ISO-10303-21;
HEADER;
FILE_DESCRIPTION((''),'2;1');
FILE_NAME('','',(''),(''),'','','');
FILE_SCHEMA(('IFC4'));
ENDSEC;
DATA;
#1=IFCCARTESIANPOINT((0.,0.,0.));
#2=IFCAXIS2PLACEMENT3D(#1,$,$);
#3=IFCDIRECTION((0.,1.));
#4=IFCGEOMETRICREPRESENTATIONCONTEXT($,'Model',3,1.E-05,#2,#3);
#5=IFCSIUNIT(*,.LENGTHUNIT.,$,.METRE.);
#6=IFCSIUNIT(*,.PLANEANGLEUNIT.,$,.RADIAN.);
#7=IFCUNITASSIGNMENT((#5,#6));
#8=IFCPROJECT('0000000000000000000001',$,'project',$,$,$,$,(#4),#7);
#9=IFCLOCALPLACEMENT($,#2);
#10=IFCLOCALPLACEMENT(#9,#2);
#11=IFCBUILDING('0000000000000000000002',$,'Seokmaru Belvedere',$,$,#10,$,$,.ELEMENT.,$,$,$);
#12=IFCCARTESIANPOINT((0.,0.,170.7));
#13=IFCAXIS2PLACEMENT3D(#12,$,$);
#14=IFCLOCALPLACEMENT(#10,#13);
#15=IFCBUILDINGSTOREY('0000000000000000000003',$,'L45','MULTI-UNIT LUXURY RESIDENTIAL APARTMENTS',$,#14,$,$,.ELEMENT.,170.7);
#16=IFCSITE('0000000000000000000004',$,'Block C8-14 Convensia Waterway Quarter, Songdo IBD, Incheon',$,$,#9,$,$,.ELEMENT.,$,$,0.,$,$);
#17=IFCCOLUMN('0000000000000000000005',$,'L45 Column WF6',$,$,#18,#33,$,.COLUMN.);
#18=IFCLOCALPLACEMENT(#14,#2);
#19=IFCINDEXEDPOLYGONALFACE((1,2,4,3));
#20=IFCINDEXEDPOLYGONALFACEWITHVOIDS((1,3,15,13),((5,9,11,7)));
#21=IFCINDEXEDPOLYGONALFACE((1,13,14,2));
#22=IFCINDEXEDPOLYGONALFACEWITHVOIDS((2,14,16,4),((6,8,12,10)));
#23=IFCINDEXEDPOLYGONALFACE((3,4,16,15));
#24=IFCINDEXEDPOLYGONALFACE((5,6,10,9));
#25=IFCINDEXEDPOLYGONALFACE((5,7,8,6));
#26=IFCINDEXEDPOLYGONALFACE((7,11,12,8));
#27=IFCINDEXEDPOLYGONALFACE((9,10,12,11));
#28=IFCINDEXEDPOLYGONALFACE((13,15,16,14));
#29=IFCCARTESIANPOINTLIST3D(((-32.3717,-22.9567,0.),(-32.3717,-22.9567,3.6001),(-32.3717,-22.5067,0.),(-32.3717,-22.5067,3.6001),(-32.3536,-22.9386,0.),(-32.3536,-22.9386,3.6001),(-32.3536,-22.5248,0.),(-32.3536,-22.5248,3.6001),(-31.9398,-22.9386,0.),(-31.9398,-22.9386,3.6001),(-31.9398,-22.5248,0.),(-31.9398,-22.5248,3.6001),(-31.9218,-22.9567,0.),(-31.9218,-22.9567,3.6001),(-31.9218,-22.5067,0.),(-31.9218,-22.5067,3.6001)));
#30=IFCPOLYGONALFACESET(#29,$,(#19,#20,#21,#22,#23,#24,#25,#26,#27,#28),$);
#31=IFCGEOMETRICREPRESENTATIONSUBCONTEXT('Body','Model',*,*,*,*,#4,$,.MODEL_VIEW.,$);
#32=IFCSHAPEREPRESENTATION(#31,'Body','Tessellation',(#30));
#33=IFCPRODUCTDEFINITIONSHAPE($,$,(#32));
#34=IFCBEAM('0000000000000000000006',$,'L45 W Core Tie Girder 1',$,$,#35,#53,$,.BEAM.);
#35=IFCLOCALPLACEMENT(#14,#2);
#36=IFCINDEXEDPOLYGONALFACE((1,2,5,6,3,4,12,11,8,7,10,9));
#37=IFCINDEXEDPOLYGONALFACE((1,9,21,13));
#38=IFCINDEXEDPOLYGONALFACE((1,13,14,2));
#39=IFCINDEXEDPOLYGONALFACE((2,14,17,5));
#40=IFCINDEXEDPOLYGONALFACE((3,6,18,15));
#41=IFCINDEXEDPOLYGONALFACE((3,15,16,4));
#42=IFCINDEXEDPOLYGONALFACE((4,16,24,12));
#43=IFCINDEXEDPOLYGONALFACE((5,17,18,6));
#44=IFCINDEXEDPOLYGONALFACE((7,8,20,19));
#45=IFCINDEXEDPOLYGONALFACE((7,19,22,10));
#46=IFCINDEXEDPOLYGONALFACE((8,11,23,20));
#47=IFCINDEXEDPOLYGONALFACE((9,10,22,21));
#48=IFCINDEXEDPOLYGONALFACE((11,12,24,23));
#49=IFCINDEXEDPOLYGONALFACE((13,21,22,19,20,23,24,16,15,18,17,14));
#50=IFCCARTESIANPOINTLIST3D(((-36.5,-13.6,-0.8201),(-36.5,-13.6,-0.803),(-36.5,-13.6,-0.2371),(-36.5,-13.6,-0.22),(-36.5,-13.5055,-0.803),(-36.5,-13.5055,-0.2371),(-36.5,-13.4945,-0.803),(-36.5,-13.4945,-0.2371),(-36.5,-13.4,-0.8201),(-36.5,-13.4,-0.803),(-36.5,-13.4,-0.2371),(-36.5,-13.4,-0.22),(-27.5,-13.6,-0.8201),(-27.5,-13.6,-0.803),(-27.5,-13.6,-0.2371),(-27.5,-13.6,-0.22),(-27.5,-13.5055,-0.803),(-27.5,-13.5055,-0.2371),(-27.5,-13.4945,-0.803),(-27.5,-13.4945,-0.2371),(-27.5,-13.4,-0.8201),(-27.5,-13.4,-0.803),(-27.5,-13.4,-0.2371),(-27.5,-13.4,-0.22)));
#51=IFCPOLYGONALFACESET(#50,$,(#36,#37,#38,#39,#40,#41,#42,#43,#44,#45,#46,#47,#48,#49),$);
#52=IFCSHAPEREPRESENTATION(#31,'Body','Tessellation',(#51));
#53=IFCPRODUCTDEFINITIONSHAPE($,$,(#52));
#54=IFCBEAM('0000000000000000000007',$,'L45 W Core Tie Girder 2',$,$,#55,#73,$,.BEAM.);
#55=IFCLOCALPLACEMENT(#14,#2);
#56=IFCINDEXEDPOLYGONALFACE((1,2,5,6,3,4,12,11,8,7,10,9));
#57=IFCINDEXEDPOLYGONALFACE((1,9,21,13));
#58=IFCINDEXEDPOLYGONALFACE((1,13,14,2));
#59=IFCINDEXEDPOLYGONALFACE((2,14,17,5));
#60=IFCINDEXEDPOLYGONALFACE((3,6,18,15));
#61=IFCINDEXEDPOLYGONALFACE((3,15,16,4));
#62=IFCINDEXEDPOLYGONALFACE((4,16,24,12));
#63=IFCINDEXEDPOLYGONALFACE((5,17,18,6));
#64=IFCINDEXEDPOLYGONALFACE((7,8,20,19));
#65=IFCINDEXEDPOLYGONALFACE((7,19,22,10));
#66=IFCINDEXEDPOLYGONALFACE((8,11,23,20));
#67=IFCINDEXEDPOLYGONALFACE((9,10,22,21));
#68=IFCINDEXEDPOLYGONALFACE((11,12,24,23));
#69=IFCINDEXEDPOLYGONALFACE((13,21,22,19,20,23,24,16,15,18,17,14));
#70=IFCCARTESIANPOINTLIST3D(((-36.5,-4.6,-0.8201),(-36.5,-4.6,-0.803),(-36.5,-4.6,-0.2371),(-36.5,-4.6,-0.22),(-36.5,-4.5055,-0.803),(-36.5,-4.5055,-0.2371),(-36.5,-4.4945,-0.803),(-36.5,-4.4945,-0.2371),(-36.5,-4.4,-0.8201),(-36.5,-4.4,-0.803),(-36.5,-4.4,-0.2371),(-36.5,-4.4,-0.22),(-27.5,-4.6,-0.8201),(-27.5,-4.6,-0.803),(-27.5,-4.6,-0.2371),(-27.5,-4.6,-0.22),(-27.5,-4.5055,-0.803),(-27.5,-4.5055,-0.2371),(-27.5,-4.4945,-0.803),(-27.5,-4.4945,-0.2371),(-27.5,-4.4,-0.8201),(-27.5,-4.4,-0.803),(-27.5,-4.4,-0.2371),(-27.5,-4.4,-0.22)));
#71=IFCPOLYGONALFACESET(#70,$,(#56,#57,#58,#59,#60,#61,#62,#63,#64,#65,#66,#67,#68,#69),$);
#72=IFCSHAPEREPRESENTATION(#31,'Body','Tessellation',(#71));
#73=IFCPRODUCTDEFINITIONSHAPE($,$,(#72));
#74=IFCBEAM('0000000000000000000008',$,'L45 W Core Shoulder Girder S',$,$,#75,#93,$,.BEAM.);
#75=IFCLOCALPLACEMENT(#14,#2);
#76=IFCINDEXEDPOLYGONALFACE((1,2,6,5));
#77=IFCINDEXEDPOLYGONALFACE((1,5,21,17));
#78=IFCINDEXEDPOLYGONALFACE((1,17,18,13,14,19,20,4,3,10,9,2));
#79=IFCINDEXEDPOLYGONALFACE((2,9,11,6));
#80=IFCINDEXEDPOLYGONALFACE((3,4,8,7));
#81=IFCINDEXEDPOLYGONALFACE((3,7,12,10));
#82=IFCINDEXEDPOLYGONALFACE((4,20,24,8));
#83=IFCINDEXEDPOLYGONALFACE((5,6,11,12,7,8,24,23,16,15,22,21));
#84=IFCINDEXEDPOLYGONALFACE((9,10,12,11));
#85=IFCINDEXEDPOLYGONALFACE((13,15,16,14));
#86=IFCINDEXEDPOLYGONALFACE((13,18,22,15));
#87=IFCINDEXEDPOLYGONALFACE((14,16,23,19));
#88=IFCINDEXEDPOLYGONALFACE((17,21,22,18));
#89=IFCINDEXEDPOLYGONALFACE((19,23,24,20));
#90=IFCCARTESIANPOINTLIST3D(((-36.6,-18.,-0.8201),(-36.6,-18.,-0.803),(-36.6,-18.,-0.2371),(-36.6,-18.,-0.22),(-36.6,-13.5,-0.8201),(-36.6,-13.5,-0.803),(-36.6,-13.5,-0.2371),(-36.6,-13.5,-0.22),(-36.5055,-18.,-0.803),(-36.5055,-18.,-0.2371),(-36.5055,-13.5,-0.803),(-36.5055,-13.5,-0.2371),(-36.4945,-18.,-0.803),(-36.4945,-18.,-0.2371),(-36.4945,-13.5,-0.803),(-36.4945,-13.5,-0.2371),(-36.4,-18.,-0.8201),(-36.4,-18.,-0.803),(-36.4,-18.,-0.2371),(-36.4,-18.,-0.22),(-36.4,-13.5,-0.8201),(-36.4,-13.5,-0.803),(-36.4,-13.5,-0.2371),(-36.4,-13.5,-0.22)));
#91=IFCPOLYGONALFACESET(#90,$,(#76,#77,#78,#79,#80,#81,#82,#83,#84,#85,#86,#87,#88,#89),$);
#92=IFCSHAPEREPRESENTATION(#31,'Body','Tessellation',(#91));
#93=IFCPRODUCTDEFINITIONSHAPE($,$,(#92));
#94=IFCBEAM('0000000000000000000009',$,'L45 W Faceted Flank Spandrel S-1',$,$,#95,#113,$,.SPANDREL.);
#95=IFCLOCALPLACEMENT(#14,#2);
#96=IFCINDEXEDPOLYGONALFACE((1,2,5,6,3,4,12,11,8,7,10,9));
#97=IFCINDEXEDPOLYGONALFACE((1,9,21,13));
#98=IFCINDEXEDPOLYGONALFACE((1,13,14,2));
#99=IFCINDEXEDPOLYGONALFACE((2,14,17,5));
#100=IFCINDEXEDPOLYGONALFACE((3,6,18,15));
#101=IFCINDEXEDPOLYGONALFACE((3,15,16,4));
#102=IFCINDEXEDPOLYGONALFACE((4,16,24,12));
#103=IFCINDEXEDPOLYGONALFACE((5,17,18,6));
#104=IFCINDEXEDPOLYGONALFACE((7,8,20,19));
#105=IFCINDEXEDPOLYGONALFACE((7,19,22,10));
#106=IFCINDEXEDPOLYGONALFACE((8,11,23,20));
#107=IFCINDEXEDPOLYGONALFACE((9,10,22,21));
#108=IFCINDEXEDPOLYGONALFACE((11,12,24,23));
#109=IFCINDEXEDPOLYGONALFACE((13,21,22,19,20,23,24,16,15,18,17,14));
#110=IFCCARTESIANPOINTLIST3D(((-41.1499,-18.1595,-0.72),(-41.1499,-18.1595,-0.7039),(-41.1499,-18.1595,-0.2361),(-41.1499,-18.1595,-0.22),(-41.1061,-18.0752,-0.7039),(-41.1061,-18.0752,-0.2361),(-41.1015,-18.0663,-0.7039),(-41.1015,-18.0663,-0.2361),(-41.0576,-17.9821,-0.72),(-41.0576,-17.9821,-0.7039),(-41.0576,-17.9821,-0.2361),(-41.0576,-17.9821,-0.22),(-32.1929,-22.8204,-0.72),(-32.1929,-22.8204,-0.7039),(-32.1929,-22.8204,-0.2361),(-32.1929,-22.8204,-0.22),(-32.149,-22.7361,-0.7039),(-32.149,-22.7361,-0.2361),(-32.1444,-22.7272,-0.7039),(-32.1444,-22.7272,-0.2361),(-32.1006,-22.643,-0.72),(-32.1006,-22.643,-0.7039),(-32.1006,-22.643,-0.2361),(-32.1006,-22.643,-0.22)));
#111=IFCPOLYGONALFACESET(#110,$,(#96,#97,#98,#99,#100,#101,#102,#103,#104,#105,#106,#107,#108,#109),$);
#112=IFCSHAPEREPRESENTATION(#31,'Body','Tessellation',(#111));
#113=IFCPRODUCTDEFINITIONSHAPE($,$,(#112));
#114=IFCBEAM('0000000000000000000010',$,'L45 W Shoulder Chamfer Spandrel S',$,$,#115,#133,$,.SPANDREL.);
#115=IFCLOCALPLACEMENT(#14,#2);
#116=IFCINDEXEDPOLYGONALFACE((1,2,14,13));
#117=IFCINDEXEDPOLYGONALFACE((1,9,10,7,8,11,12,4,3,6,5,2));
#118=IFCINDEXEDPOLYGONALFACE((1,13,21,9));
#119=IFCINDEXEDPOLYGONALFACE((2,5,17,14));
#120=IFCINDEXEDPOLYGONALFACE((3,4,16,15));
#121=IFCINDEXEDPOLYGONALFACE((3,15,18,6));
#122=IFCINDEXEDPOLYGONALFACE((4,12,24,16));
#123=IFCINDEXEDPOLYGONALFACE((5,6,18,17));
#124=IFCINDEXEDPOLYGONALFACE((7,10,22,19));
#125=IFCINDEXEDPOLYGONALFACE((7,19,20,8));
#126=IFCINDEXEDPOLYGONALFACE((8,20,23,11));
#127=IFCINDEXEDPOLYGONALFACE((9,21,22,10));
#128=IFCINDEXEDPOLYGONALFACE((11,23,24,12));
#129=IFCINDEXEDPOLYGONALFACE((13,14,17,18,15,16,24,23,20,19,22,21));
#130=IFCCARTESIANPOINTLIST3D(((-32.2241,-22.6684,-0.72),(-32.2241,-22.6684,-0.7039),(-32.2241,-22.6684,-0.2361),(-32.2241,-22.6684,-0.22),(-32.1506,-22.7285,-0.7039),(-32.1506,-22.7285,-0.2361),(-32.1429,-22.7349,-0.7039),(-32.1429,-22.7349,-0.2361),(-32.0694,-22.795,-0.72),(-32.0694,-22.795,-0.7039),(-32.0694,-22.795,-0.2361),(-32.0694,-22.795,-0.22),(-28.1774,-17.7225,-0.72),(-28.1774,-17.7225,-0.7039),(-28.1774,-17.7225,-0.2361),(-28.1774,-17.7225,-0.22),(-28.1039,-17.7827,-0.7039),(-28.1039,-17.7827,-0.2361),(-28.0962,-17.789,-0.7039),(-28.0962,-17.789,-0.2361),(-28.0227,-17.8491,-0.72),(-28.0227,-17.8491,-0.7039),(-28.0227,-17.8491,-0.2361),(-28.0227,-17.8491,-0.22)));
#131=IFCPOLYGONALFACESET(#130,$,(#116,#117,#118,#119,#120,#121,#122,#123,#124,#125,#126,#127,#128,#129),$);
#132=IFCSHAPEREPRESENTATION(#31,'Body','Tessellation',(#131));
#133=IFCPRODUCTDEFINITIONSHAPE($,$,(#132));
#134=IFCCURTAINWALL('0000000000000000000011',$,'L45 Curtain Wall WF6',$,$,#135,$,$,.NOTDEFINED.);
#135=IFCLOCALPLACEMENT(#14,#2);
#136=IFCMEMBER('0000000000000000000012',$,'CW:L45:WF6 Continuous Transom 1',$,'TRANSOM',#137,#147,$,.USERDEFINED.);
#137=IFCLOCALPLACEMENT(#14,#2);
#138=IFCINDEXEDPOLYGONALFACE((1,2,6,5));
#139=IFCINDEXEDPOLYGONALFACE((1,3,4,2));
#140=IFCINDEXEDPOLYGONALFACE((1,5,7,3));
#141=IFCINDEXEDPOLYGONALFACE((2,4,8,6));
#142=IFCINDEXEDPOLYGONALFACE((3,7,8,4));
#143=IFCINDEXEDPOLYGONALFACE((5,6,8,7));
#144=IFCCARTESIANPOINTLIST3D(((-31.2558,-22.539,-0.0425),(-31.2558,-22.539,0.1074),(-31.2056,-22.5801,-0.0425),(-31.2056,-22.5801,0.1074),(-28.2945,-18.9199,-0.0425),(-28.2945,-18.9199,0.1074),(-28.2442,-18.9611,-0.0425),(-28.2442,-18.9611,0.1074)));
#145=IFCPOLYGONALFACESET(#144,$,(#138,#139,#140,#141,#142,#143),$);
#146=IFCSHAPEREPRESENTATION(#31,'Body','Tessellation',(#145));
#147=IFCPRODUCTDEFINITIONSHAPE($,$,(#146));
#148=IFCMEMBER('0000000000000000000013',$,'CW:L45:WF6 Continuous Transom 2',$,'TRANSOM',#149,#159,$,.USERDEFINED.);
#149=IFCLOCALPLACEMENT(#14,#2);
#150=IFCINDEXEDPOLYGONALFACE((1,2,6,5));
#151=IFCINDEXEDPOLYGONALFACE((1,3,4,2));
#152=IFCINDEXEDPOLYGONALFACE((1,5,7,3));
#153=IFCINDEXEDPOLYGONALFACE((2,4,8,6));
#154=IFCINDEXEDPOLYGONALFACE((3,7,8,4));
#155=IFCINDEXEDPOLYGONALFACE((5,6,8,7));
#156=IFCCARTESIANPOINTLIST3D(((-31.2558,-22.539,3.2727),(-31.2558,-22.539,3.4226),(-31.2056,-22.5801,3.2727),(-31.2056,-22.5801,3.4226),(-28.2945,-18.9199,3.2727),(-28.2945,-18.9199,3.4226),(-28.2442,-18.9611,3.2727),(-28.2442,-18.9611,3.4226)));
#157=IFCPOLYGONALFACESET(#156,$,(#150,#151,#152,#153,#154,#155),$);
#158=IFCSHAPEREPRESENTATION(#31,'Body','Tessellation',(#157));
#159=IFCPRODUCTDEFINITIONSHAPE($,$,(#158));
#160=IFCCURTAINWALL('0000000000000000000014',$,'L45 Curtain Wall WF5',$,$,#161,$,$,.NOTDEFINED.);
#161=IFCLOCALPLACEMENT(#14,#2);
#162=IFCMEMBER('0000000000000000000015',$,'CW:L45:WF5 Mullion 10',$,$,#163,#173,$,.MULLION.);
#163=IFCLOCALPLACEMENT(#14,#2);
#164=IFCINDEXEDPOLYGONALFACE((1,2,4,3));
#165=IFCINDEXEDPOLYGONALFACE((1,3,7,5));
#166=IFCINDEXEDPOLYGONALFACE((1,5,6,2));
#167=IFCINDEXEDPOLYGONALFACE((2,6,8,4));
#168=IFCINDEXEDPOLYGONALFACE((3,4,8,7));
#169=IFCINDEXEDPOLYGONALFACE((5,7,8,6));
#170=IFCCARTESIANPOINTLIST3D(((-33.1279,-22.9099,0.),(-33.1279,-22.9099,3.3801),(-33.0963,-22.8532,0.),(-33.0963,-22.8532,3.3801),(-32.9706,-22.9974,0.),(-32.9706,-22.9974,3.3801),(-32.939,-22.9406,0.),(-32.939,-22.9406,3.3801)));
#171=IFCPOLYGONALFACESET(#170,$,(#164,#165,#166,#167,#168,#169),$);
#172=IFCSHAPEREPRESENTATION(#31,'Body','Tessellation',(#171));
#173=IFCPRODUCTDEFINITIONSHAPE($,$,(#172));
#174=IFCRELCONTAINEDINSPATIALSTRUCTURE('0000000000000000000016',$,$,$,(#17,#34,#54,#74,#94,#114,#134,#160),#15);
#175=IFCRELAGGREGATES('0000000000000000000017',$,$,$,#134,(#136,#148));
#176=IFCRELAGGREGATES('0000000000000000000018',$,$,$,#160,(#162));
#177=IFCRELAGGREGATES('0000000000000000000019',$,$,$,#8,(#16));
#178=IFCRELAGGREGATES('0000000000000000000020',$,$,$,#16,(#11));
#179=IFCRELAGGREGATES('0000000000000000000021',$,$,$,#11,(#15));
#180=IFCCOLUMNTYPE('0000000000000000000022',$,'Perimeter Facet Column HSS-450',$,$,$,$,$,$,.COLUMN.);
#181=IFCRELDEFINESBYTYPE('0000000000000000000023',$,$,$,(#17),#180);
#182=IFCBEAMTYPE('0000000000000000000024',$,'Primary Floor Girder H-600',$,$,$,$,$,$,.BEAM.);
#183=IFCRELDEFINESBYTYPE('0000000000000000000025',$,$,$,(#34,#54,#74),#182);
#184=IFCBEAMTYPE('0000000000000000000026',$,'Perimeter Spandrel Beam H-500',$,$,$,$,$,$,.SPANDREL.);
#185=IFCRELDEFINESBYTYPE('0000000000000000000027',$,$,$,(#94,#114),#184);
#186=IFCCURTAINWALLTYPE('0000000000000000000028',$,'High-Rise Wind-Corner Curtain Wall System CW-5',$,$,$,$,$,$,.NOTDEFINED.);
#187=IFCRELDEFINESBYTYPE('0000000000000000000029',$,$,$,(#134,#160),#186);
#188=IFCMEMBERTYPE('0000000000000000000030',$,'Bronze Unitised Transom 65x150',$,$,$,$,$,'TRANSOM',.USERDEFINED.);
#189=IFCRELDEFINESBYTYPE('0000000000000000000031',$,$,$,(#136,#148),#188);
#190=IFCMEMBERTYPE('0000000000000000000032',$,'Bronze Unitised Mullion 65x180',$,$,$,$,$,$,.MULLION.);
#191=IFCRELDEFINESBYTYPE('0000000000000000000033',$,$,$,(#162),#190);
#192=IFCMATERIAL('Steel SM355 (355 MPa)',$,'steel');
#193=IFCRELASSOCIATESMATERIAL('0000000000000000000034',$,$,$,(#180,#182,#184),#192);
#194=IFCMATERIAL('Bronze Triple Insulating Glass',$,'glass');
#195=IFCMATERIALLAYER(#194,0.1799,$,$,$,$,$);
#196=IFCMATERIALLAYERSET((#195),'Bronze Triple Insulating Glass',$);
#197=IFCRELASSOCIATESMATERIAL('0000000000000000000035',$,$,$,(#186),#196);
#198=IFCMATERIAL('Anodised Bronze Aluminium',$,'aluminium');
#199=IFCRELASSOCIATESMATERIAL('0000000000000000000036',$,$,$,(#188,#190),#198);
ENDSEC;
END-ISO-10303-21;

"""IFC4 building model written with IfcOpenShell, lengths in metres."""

from ifc_helpers import new_model, si_unit, direction, frame, origin, origin_2d, place, context, subcontext, project, spatial, rectangle, hollow_rectangle, i_section, extrude, source, transform, mapped, material, layer, layer_set, material_profile, profile_set, type_object, type_shapes, element, aggregate, save


model = new_model("IFC4")

# Units and contexts
model_context = context("Model", 3, precision=1e-05, world=origin(), true_north=direction((0.0, 1.0)))
body_context = subcontext(model_context, "Body", "Model", "MODEL_VIEW")
ifc_project = project(units=[si_unit("LENGTHUNIT", "METRE"), si_unit("PLANEANGLEUNIT", "RADIAN")], contexts=[model_context])

# Site, building, storey
site_placement = place(None, origin())
site = spatial("IfcSite", under=ifc_project, at=site_placement, Name="Block C8-14 Convensia Waterway Quarter, Songdo IBD, Incheon", CompositionType="ELEMENT", RefElevation=0.0)
building_placement = place(site_placement, origin())
building = spatial("IfcBuilding", under=site, at=building_placement, Name="Seokmaru Belvedere", CompositionType="ELEMENT")
storey_placement = place(building_placement, frame((0.0, 0.0, 170.7)))
storey = spatial("IfcBuildingStorey", under=building, at=storey_placement, Name="L45", Description="MULTI-UNIT LUXURY RESIDENTIAL APARTMENTS", CompositionType="ELEMENT", Elevation=170.7)

# Column
ifc_material_1 = material(Name="Steel SM355 (355 MPa)", Category="steel")
ifc_material_profile_1 = material_profile(ifc_material_1, hollow_rectangle(XDim=0.45, YDim=0.45, WallThickness=0.0181, at=origin_2d()), Name="HSS-450x450x18")
ifc_profile_set_1 = profile_set([ifc_material_profile_1], Name="Steel SM355 (355 MPa)")
column_type = type_object("IfcColumnType", Name="Perimeter Facet Column HSS-450", PredefinedType="COLUMN", material=ifc_profile_set_1)
shared_shape_1 = source(origin(), body_context, "Body", "SweptSolid", [
    extrude(hollow_rectangle(XDim=0.45, YDim=0.45, WallThickness=0.0181, at=origin_2d()), origin(), (0.0, 0.0, 1.0), 3.6001),
])
type_shapes(column_type, [shared_shape_1])
column_placement = place(storey_placement, frame((-32.1467, -22.7317, 0.0), z_axis=(0.0, 0.0, 1.0), x_axis=(1.0, 0.0, 0.0)))
element("IfcColumn", 1, at=column_placement, inside=storey, type_object=column_type, Name="L45 Column WF6", PredefinedType="COLUMN", context=body_context, shape_type="MappedRepresentation", body=[
    mapped(shared_shape_1, transform((0.0, 0.0, 0.0), scale=1.0)),
])

# Beams
ifc_material_profile_2 = material_profile(ifc_material_1, i_section(OverallWidth=0.2, OverallDepth=0.6001, WebThickness=0.011, FlangeThickness=0.0171, at=origin_2d()), Name="H-600x200x11x17")
ifc_profile_set_2 = profile_set([ifc_material_profile_2], Name="Steel SM355 (355 MPa)")
beam_type_1 = type_object("IfcBeamType", Name="Primary Floor Girder H-600", PredefinedType="BEAM", material=ifc_profile_set_2)
shared_shape_2 = source(origin(), body_context, "Body", "SweptSolid", [
    extrude(i_section(OverallWidth=0.2, OverallDepth=0.6001, WebThickness=0.011, FlangeThickness=0.0171, at=origin_2d()), origin(), (0.0, 0.0, 1.0), 9.0),
])
for number, where, z_axis, x_axis, name in (
    (2, (-36.5, -13.5, -0.52), (1.0, 0.0, 0.0), (0.0, 1.0, 0.0), "L45 W Core Tie Girder 1"),
    (3, (-36.5, -4.5, -0.52), (1.0, 0.0, 0.0), (0.0, 1.0, 0.0), "L45 W Core Tie Girder 2"),
):
    element("IfcBeam", number, at=place(storey_placement, frame(where, z_axis=z_axis, x_axis=x_axis)), inside=storey, type_object=beam_type_1, Name=name, PredefinedType="BEAM", context=body_context, shape_type="MappedRepresentation", body=[
        mapped(shared_shape_2, transform((0.0, 0.0, 0.0), scale=1.0)),
    ])
shared_shape_3 = source(origin(), body_context, "Body", "SweptSolid", [
    extrude(i_section(OverallWidth=0.2, OverallDepth=0.6001, WebThickness=0.011, FlangeThickness=0.0171, at=origin_2d()), origin(), (0.0, 0.0, 1.0), 4.5),
])
type_shapes(beam_type_1, [shared_shape_2, shared_shape_3])
beam_1_placement = place(storey_placement, frame((-36.5, -18.0, -0.52), z_axis=(0.0, 1.0, 0.0), x_axis=(-1.0, 0.0, 0.0)))
element("IfcBeam", 4, at=beam_1_placement, inside=storey, type_object=beam_type_1, Name="L45 W Core Shoulder Girder S", PredefinedType="BEAM", context=body_context, shape_type="MappedRepresentation", body=[
    mapped(shared_shape_3, transform((0.0, 0.0, 0.0), scale=1.0)),
])
ifc_material_profile_3 = material_profile(ifc_material_1, i_section(OverallWidth=0.2, OverallDepth=0.5, WebThickness=0.01, FlangeThickness=0.0161, at=origin_2d()), Name="H-500x200x10x16")
ifc_profile_set_3 = profile_set([ifc_material_profile_3], Name="Steel SM355 (355 MPa)")
beam_type_2 = type_object("IfcBeamType", Name="Perimeter Spandrel Beam H-500", PredefinedType="SPANDREL", material=ifc_profile_set_3)
shared_shape_4 = source(origin(), body_context, "Body", "SweptSolid", [
    extrude(i_section(OverallWidth=0.2, OverallDepth=0.5, WebThickness=0.01, FlangeThickness=0.0161, at=origin_2d()), origin(), (0.0, 0.0, 1.0), 10.0972),
])
beam_2_placement = place(storey_placement, frame((-32.1467, -22.7317, -0.47), z_axis=(-0.887086, 0.461605, 0.0), x_axis=(-0.461605, -0.887086, 0.0)))
element("IfcBeam", 5, at=beam_2_placement, inside=storey, type_object=beam_type_2, Name="L45 W Faceted Flank Spandrel S-1", PredefinedType="SPANDREL", context=body_context, shape_type="MappedRepresentation", body=[
    mapped(shared_shape_4, transform((0.0, 0.0, 0.0), scale=1.0)),
])
shared_shape_5 = source(origin(), body_context, "Body", "SweptSolid", [
    extrude(i_section(OverallWidth=0.2, OverallDepth=0.5, WebThickness=0.01, FlangeThickness=0.0161, at=origin_2d()), origin(), (0.0, 0.0, 1.0), 6.3904),
])
type_shapes(beam_type_2, [shared_shape_4, shared_shape_5])
beam_3_placement = place(storey_placement, frame((-32.1467, -22.7317, -0.47), z_axis=(0.633244, 0.773952, 0.0), x_axis=(-0.773952, 0.633244, 0.0)))
element("IfcBeam", 6, at=beam_3_placement, inside=storey, type_object=beam_type_2, Name="L45 W Shoulder Chamfer Spandrel S", PredefinedType="SPANDREL", context=body_context, shape_type="MappedRepresentation", body=[
    mapped(shared_shape_5, transform((0.0, 0.0, 0.0), scale=1.0)),
])

# Curtain wall, members
ifc_material_2 = material(Name="Bronze Triple Insulating Glass", Category="glass")
ifc_layer_1 = layer(ifc_material_2, 0.1799)
ifc_layer_set_1 = layer_set([ifc_layer_1], Name="Bronze Triple Insulating Glass")
curtain_wall_type = type_object("IfcCurtainWallType", Name="High-Rise Wind-Corner Curtain Wall System CW-5", PredefinedType="NOTDEFINED", material=ifc_layer_set_1)
curtain_wall_1_placement = place(storey_placement, origin())
curtain_wall_1 = element("IfcCurtainWall", 7, at=curtain_wall_1_placement, inside=storey, type_object=curtain_wall_type, Name="L45 Curtain Wall WF6", PredefinedType="NOTDEFINED")
ifc_material_3 = material(Name="Anodised Bronze Aluminium", Category="aluminium")
ifc_material_profile_4 = material_profile(ifc_material_3, rectangle(XDim=0.0649, YDim=0.1499, at=origin_2d()), Name="CW-T-65x150")
ifc_profile_set_4 = profile_set([ifc_material_profile_4], Name="Anodised Bronze Aluminium")
member_type_1 = type_object("IfcMemberType", Name="Bronze Unitised Transom 65x150", ElementType="TRANSOM", PredefinedType="USERDEFINED", material=ifc_profile_set_4)
shared_shape_6 = source(origin(), body_context, "Body", "SweptSolid", [
    extrude(rectangle(XDim=0.0649, YDim=0.1499, at=origin_2d()), origin(), (0.0, 0.0, 1.0), 4.6763),
])
type_shapes(member_type_1, [shared_shape_6])
member_1_placement = place(storey_placement, frame((-31.2307, -22.5596, 0.0325), z_axis=(0.633278, 0.773925, 0.0), x_axis=(-0.773925, 0.633278, 0.0)))
member_1 = element("IfcMember", 8, at=member_1_placement, type_object=member_type_1, Name="CW:L45:WF6 Continuous Transom 1", ObjectType="TRANSOM", PredefinedType="USERDEFINED", context=body_context, shape_type="MappedRepresentation", body=[
    mapped(shared_shape_6, transform((0.0, 0.0, 0.0), scale=1.0)),
])
member_2_placement = place(storey_placement, frame((-31.2307, -22.5596, 3.3477), z_axis=(0.633278, 0.773925, 0.0), x_axis=(-0.773925, 0.633278, 0.0)))
member_2 = element("IfcMember", 9, at=member_2_placement, type_object=member_type_1, Name="CW:L45:WF6 Continuous Transom 2", ObjectType="TRANSOM", PredefinedType="USERDEFINED", context=body_context, shape_type="MappedRepresentation", body=[
    mapped(shared_shape_6, transform((0.0, 0.0, 0.0), scale=1.0)),
])

# Curtain wall, member
curtain_wall_2_placement = place(storey_placement, origin())
curtain_wall_2 = element("IfcCurtainWall", 10, at=curtain_wall_2_placement, inside=storey, type_object=curtain_wall_type, Name="L45 Curtain Wall WF5", PredefinedType="NOTDEFINED")
ifc_material_profile_5 = material_profile(ifc_material_3, rectangle(XDim=0.0649, YDim=0.1799, at=origin_2d()), Name="CW-M-65x180")
ifc_profile_set_5 = profile_set([ifc_material_profile_5], Name="Anodised Bronze Aluminium")
member_type_2 = type_object("IfcMemberType", Name="Bronze Unitised Mullion 65x180", PredefinedType="MULLION", material=ifc_profile_set_5)
shared_shape_7 = source(origin(), body_context, "Body", "SweptSolid", [
    extrude(rectangle(XDim=0.0649, YDim=0.1799, at=origin_2d()), origin(), (0.0, 0.0, 1.0), 3.3801),
])
type_shapes(member_type_2, [shared_shape_7])
member_3_placement = place(storey_placement, frame((-33.0334, -22.9253, 0.0), z_axis=(0.0, 0.0, 1.0), x_axis=(0.486047, 0.873933, 0.0)))
member_3 = element("IfcMember", 11, at=member_3_placement, type_object=member_type_2, Name="CW:L45:WF5 Mullion 10", PredefinedType="MULLION", context=body_context, shape_type="MappedRepresentation", body=[
    mapped(shared_shape_7, transform((0.0, 0.0, 0.0), scale=1.0)),
])

aggregate(curtain_wall_1, [member_1, member_2])

aggregate(curtain_wall_2, [member_3])

save(model, "model.ifc")
